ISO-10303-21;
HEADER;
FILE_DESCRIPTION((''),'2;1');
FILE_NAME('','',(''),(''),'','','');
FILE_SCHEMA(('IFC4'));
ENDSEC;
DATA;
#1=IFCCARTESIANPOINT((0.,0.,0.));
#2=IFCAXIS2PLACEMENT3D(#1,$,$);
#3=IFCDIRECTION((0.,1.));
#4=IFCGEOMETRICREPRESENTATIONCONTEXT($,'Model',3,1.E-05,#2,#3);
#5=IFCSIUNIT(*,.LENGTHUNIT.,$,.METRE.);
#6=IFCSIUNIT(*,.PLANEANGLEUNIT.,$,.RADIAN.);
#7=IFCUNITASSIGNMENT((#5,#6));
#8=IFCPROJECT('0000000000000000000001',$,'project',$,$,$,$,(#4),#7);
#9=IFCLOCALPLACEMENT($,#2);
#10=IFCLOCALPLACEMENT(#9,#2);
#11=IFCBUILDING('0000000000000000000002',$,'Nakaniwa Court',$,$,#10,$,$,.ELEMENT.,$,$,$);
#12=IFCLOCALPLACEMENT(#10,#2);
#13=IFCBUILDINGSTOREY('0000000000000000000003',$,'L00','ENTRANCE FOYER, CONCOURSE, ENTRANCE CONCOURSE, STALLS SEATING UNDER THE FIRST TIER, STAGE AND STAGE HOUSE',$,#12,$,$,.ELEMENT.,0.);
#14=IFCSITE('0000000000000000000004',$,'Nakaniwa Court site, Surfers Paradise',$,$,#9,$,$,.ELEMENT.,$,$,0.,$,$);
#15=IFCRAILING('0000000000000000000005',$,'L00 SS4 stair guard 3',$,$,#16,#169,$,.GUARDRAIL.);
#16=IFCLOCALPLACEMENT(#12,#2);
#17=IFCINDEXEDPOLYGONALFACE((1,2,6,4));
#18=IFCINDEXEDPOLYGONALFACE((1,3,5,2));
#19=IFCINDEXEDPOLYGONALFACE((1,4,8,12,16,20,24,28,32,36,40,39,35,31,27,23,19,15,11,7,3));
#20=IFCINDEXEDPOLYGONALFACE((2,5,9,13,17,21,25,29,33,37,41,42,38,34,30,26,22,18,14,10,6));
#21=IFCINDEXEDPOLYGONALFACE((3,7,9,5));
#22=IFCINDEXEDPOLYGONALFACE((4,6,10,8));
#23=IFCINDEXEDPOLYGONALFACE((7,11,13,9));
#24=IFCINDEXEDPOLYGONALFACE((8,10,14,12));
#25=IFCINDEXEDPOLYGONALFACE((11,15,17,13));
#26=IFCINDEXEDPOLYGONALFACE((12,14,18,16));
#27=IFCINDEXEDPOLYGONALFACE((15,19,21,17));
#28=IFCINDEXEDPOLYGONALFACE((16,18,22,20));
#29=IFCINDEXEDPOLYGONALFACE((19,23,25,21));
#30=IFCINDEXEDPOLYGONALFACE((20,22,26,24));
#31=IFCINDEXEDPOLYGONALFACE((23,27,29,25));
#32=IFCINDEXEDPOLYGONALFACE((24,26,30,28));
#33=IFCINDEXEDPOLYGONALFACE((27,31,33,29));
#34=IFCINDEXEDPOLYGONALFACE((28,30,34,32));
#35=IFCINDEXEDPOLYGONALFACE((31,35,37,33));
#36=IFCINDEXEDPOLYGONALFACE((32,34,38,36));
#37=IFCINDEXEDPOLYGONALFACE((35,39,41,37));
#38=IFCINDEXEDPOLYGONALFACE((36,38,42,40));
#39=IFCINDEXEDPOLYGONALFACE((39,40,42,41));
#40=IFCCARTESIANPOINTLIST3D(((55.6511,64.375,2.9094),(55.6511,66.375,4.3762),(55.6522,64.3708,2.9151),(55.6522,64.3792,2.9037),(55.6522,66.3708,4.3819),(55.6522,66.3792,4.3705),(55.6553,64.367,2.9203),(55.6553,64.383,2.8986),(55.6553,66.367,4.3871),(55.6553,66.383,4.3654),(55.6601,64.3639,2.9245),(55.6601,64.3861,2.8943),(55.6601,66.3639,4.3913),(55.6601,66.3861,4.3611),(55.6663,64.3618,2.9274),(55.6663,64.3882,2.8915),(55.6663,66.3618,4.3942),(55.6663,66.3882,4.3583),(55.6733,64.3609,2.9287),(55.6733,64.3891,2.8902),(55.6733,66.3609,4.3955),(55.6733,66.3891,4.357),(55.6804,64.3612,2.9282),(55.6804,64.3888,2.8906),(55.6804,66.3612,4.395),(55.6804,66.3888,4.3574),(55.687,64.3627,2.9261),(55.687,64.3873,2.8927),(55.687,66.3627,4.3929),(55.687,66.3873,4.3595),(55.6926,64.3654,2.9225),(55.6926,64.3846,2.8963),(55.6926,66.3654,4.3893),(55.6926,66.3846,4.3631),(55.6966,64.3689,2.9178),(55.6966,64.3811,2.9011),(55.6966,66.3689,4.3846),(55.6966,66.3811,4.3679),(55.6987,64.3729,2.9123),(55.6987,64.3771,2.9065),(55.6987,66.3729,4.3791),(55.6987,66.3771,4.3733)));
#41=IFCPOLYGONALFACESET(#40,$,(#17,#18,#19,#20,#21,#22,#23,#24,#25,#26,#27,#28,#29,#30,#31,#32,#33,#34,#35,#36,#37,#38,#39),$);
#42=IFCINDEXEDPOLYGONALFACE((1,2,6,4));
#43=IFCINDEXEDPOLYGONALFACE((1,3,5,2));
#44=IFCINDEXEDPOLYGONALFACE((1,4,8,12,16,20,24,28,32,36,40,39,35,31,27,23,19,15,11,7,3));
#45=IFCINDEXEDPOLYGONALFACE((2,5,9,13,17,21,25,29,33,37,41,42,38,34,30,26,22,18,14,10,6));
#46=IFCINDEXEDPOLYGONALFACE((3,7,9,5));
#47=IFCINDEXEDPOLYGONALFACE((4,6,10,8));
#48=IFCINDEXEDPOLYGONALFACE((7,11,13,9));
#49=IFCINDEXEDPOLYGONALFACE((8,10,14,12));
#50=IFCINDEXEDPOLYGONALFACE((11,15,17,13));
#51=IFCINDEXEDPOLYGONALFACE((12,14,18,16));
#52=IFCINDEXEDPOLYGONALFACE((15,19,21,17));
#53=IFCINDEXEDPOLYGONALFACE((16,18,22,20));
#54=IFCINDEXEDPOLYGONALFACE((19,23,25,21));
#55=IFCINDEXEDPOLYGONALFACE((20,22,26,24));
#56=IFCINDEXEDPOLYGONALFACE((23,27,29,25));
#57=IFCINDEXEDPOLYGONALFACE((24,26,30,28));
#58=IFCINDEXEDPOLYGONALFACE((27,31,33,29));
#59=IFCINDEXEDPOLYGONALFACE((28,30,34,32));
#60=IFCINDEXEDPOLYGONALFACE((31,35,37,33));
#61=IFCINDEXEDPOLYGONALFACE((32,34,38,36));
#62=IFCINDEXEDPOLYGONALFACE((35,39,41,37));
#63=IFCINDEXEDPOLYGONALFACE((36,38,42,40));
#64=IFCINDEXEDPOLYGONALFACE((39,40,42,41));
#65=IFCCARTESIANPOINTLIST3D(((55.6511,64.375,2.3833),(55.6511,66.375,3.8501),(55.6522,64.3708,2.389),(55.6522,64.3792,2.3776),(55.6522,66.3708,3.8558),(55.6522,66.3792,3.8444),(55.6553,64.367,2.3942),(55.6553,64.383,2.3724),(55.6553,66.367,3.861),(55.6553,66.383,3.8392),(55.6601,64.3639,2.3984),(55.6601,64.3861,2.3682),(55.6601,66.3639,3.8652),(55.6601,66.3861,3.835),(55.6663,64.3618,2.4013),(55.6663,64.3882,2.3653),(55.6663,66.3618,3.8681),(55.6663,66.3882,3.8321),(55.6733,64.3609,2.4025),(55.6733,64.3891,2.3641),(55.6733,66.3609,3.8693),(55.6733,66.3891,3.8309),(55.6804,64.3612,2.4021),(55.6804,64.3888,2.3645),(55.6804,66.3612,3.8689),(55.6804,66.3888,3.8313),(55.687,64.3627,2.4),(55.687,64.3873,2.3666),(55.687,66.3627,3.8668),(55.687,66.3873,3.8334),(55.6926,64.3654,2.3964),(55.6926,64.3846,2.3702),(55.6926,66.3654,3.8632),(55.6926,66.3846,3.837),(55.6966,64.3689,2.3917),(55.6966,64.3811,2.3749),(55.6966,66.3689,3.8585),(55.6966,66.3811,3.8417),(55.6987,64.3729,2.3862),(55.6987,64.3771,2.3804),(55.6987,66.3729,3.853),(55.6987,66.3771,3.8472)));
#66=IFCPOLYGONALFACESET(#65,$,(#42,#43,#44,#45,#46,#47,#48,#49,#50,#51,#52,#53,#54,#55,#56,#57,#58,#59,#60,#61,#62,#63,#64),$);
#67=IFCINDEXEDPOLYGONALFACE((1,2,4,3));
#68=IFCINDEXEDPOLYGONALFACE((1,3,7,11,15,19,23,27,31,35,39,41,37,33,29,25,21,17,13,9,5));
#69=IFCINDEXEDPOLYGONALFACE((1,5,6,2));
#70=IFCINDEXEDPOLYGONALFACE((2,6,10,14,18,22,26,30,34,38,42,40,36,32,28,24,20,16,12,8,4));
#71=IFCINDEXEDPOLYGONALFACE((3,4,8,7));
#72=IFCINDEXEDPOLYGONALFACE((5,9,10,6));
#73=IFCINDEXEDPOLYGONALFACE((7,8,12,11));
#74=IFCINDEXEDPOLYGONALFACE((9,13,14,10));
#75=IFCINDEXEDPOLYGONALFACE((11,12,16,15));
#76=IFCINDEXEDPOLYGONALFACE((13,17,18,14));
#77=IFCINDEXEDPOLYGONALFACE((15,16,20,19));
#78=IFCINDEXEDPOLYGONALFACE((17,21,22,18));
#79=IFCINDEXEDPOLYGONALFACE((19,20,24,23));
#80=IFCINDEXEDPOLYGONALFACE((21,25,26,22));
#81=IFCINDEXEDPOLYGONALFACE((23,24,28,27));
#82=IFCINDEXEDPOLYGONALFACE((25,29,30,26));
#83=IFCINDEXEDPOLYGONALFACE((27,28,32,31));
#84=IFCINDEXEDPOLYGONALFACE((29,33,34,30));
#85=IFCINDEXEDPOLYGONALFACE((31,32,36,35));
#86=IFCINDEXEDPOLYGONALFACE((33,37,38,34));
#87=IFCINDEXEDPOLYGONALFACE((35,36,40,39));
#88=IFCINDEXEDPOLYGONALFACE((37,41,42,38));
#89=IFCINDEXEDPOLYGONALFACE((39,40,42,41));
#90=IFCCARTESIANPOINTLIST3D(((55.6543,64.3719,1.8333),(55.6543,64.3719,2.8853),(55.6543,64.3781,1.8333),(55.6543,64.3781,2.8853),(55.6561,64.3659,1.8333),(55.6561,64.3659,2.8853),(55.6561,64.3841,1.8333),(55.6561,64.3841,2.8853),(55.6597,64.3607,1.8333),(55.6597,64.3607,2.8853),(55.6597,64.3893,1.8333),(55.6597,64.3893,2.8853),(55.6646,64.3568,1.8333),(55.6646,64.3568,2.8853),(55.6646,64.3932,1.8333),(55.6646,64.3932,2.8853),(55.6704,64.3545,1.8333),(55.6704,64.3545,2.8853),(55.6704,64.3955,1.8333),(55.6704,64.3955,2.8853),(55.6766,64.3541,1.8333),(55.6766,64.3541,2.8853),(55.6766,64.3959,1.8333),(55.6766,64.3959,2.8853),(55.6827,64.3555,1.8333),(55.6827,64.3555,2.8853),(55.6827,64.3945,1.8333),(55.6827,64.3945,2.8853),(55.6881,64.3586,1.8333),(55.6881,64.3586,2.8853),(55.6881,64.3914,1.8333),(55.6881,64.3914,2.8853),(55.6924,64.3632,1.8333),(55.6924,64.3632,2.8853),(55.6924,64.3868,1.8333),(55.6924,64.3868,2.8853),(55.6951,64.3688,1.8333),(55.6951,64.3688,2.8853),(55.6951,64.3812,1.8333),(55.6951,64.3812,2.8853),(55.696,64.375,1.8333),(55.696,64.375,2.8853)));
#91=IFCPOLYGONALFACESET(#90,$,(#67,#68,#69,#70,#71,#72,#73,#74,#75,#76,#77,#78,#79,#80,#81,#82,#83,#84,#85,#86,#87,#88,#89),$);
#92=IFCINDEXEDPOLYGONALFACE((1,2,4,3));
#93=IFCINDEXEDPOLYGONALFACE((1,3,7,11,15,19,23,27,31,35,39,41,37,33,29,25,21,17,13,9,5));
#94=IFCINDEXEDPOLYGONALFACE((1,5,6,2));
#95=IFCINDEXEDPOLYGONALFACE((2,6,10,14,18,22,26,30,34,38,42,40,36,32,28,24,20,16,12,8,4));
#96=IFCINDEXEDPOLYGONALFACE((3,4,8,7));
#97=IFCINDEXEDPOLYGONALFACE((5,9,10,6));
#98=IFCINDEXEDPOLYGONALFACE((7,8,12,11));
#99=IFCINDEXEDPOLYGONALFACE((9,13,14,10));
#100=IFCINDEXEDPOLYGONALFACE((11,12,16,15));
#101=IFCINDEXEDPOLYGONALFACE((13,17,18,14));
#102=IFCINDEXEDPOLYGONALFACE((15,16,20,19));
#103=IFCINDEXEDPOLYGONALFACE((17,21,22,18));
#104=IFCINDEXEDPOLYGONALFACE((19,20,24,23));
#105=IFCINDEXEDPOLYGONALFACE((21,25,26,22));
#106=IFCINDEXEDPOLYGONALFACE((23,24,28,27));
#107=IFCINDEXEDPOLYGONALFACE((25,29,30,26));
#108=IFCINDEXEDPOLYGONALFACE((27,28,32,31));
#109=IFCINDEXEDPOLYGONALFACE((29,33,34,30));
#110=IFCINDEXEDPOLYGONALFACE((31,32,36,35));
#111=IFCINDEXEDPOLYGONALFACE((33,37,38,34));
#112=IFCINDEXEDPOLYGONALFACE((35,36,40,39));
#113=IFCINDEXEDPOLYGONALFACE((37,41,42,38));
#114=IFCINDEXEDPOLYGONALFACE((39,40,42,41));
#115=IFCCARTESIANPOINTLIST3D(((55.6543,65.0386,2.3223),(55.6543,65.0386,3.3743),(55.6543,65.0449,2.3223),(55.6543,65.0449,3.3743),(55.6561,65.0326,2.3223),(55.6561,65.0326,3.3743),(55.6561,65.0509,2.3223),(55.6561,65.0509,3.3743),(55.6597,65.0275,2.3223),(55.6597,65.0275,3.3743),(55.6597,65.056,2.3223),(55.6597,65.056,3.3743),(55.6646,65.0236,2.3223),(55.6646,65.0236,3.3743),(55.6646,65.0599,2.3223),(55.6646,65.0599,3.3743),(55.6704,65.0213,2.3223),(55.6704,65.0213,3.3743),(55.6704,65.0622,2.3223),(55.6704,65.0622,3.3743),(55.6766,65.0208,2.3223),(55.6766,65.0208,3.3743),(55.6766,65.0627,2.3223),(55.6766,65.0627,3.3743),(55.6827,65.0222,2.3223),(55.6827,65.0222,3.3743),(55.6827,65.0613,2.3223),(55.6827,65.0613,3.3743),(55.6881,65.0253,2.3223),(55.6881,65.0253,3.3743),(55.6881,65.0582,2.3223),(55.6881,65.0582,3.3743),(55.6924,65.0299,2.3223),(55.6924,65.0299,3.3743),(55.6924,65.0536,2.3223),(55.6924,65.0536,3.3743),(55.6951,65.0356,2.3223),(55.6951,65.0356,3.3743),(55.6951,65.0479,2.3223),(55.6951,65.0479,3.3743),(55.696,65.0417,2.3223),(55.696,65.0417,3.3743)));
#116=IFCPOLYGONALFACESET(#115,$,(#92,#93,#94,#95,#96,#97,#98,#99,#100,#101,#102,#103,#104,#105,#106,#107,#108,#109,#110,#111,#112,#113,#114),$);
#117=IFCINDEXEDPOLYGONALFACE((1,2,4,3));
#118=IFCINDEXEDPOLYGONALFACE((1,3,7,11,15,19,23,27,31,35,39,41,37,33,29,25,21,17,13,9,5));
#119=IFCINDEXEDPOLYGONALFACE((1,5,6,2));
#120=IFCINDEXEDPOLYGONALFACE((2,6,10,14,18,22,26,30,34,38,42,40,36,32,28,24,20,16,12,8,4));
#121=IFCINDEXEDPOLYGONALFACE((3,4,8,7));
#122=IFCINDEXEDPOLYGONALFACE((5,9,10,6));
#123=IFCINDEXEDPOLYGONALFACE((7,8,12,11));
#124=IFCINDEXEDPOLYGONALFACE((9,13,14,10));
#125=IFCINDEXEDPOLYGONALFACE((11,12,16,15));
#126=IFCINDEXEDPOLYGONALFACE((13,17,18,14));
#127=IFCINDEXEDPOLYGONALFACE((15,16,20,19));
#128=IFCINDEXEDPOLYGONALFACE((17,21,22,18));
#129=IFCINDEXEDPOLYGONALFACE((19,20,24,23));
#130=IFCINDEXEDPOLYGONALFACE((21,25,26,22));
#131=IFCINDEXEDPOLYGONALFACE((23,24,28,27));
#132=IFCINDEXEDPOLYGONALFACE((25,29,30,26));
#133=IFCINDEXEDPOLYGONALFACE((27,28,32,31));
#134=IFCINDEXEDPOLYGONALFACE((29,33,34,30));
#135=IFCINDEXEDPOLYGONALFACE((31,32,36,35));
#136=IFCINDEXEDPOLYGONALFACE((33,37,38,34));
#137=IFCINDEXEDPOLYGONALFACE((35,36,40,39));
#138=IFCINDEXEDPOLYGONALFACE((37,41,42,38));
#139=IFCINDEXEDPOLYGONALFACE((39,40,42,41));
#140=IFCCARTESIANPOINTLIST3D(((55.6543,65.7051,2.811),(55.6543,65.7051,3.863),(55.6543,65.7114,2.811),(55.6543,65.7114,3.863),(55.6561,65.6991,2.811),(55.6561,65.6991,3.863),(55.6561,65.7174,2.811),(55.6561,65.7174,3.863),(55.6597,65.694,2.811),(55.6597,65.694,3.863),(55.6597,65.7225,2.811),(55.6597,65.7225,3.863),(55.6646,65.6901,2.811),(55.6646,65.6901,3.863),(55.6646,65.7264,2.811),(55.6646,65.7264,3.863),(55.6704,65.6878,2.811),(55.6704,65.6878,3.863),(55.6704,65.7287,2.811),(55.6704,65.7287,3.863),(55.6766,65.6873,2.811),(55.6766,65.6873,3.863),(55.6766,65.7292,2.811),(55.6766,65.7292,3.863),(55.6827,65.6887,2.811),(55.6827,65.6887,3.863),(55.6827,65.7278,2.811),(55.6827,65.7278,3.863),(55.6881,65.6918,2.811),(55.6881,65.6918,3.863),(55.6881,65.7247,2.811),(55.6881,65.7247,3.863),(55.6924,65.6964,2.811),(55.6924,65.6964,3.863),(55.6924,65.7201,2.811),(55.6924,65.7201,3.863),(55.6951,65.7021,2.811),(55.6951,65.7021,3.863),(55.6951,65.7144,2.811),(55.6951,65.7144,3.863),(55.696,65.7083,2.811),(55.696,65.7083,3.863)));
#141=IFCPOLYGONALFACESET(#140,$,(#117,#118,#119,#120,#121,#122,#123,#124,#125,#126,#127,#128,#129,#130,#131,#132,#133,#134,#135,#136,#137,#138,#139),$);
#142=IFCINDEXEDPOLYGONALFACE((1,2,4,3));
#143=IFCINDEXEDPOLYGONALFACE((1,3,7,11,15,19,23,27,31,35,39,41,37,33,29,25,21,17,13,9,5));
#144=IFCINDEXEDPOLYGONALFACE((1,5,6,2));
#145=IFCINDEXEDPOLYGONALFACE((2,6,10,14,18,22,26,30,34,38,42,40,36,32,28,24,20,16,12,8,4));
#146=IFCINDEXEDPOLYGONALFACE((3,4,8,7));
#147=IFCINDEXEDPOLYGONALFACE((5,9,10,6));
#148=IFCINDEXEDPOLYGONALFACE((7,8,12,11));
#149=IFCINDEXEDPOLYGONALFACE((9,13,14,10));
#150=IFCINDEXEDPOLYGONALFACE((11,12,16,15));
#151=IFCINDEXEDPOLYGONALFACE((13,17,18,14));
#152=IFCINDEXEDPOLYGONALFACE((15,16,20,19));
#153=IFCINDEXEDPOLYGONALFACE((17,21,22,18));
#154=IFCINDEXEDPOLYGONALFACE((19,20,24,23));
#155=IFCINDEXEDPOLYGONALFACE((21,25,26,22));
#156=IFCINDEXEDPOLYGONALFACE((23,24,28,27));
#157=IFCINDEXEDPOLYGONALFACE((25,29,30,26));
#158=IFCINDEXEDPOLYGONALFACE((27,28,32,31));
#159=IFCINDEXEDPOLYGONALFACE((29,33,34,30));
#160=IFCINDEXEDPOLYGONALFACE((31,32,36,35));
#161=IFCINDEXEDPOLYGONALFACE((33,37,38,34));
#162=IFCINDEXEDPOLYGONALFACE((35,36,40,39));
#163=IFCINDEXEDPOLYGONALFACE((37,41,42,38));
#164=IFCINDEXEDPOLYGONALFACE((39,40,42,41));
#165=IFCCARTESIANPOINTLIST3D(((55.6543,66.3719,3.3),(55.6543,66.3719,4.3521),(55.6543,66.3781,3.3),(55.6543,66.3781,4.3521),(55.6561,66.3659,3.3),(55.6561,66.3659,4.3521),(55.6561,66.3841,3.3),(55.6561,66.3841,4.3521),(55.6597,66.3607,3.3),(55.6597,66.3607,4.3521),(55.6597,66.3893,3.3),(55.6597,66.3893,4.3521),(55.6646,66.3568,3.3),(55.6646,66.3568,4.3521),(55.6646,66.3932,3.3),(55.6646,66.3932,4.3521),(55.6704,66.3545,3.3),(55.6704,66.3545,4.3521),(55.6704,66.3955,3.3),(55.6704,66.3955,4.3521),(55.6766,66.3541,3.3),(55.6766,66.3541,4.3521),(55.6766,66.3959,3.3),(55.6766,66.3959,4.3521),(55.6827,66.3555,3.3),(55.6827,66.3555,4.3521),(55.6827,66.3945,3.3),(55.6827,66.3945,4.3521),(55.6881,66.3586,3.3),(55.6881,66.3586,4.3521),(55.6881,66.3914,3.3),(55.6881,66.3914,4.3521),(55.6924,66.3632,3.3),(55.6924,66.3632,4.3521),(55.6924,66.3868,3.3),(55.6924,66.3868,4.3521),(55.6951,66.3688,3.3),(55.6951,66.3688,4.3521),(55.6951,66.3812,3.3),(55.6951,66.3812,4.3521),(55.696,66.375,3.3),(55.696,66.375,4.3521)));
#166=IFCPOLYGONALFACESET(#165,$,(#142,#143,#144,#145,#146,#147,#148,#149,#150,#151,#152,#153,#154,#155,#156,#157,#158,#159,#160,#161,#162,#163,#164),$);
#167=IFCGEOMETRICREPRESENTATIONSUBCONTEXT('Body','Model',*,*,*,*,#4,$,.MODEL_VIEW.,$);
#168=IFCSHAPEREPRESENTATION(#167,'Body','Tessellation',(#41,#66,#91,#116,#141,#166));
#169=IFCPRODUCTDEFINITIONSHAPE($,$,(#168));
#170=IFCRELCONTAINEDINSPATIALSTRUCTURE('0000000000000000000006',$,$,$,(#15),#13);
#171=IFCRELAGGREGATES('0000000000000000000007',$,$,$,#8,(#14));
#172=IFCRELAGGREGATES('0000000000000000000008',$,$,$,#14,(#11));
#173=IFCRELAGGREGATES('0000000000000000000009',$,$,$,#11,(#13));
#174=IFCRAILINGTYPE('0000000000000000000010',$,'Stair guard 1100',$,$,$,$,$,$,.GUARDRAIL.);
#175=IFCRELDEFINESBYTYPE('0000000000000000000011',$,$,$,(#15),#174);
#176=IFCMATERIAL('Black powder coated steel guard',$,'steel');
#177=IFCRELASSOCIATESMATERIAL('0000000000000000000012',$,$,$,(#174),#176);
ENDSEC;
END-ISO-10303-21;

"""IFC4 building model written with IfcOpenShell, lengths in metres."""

from ifc_helpers import new_model, si_unit, direction, frame, origin, origin_2d, place, context, subcontext, project, spatial, circle, extrude, material, type_object, element, save


model = new_model("IFC4")

# Units and contexts
model_context = context("Model", 3, precision=1e-05, world=origin(), true_north=direction((0.0, 1.0)))
body_context = subcontext(model_context, "Body", "Model", "MODEL_VIEW")
ifc_project = project(units=[si_unit("LENGTHUNIT", "METRE"), si_unit("PLANEANGLEUNIT", "RADIAN")], contexts=[model_context])

# Site, building, storey
site_placement = place(None, origin())
site = spatial("IfcSite", under=ifc_project, at=site_placement, Name="Nakaniwa Court site, Surfers Paradise", CompositionType="ELEMENT", RefElevation=0.0)
building_placement = place(site_placement, origin())
building = spatial("IfcBuilding", under=site, at=building_placement, Name="Nakaniwa Court", CompositionType="ELEMENT")
storey_placement = place(building_placement, origin())
storey = spatial("IfcBuildingStorey", under=building, at=storey_placement, Name="L00", Description="ENTRANCE FOYER, CONCOURSE, ENTRANCE CONCOURSE, STALLS SEATING UNDER THE FIRST TIER, STAGE AND STAGE HOUSE", CompositionType="ELEMENT", Elevation=0.0)

# Railing
ifc_material_1 = material(Name="Black powder coated steel guard", Category="steel")
railing_type_1 = type_object("IfcRailingType", Name="Stair guard 1100", PredefinedType="GUARDRAIL", material=ifc_material_1)
railing_1_placement = place(storey_placement, frame((55.675, 64.375, 1.8333)))
element("IfcRailing", 1, at=railing_1_placement, inside=storey, type_object=railing_type_1, Name="L00 SS4 stair guard 3", PredefinedType="GUARDRAIL", context=body_context, shape_type="SweptSolid", body=[
    extrude(circle(Radius=0.0239, at=origin_2d()), frame((0.0, 0.0, 1.0762), z_axis=(0.0, 0.80638, 0.591398), x_axis=(-1.0, 0.0, 0.0)), (0.0, 0.0, 1.0), 2.4802),
    extrude(circle(Radius=0.0239, at=origin_2d()), frame((0.0, 0.0, 0.55), z_axis=(0.0, 0.80638, 0.591398), x_axis=(-1.0, 0.0, 0.0)), (0.0, 0.0, 1.0), 2.4802),
    extrude(circle(Radius=0.021, at=origin_2d()), origin(), (0.0, 0.0, 1.0), 1.052),
    extrude(circle(Radius=0.021, at=origin_2d()), frame((0.0, 0.6667, 0.489)), (0.0, 0.0, 1.0), 1.052),
    extrude(circle(Radius=0.021, at=origin_2d()), frame((0.0, 1.3333, 0.9778)), (0.0, 0.0, 1.0), 1.052),
    extrude(circle(Radius=0.021, at=origin_2d()), frame((0.0, 2.0, 1.4668)), (0.0, 0.0, 1.0), 1.052),
])

save(model, "model.ifc")
